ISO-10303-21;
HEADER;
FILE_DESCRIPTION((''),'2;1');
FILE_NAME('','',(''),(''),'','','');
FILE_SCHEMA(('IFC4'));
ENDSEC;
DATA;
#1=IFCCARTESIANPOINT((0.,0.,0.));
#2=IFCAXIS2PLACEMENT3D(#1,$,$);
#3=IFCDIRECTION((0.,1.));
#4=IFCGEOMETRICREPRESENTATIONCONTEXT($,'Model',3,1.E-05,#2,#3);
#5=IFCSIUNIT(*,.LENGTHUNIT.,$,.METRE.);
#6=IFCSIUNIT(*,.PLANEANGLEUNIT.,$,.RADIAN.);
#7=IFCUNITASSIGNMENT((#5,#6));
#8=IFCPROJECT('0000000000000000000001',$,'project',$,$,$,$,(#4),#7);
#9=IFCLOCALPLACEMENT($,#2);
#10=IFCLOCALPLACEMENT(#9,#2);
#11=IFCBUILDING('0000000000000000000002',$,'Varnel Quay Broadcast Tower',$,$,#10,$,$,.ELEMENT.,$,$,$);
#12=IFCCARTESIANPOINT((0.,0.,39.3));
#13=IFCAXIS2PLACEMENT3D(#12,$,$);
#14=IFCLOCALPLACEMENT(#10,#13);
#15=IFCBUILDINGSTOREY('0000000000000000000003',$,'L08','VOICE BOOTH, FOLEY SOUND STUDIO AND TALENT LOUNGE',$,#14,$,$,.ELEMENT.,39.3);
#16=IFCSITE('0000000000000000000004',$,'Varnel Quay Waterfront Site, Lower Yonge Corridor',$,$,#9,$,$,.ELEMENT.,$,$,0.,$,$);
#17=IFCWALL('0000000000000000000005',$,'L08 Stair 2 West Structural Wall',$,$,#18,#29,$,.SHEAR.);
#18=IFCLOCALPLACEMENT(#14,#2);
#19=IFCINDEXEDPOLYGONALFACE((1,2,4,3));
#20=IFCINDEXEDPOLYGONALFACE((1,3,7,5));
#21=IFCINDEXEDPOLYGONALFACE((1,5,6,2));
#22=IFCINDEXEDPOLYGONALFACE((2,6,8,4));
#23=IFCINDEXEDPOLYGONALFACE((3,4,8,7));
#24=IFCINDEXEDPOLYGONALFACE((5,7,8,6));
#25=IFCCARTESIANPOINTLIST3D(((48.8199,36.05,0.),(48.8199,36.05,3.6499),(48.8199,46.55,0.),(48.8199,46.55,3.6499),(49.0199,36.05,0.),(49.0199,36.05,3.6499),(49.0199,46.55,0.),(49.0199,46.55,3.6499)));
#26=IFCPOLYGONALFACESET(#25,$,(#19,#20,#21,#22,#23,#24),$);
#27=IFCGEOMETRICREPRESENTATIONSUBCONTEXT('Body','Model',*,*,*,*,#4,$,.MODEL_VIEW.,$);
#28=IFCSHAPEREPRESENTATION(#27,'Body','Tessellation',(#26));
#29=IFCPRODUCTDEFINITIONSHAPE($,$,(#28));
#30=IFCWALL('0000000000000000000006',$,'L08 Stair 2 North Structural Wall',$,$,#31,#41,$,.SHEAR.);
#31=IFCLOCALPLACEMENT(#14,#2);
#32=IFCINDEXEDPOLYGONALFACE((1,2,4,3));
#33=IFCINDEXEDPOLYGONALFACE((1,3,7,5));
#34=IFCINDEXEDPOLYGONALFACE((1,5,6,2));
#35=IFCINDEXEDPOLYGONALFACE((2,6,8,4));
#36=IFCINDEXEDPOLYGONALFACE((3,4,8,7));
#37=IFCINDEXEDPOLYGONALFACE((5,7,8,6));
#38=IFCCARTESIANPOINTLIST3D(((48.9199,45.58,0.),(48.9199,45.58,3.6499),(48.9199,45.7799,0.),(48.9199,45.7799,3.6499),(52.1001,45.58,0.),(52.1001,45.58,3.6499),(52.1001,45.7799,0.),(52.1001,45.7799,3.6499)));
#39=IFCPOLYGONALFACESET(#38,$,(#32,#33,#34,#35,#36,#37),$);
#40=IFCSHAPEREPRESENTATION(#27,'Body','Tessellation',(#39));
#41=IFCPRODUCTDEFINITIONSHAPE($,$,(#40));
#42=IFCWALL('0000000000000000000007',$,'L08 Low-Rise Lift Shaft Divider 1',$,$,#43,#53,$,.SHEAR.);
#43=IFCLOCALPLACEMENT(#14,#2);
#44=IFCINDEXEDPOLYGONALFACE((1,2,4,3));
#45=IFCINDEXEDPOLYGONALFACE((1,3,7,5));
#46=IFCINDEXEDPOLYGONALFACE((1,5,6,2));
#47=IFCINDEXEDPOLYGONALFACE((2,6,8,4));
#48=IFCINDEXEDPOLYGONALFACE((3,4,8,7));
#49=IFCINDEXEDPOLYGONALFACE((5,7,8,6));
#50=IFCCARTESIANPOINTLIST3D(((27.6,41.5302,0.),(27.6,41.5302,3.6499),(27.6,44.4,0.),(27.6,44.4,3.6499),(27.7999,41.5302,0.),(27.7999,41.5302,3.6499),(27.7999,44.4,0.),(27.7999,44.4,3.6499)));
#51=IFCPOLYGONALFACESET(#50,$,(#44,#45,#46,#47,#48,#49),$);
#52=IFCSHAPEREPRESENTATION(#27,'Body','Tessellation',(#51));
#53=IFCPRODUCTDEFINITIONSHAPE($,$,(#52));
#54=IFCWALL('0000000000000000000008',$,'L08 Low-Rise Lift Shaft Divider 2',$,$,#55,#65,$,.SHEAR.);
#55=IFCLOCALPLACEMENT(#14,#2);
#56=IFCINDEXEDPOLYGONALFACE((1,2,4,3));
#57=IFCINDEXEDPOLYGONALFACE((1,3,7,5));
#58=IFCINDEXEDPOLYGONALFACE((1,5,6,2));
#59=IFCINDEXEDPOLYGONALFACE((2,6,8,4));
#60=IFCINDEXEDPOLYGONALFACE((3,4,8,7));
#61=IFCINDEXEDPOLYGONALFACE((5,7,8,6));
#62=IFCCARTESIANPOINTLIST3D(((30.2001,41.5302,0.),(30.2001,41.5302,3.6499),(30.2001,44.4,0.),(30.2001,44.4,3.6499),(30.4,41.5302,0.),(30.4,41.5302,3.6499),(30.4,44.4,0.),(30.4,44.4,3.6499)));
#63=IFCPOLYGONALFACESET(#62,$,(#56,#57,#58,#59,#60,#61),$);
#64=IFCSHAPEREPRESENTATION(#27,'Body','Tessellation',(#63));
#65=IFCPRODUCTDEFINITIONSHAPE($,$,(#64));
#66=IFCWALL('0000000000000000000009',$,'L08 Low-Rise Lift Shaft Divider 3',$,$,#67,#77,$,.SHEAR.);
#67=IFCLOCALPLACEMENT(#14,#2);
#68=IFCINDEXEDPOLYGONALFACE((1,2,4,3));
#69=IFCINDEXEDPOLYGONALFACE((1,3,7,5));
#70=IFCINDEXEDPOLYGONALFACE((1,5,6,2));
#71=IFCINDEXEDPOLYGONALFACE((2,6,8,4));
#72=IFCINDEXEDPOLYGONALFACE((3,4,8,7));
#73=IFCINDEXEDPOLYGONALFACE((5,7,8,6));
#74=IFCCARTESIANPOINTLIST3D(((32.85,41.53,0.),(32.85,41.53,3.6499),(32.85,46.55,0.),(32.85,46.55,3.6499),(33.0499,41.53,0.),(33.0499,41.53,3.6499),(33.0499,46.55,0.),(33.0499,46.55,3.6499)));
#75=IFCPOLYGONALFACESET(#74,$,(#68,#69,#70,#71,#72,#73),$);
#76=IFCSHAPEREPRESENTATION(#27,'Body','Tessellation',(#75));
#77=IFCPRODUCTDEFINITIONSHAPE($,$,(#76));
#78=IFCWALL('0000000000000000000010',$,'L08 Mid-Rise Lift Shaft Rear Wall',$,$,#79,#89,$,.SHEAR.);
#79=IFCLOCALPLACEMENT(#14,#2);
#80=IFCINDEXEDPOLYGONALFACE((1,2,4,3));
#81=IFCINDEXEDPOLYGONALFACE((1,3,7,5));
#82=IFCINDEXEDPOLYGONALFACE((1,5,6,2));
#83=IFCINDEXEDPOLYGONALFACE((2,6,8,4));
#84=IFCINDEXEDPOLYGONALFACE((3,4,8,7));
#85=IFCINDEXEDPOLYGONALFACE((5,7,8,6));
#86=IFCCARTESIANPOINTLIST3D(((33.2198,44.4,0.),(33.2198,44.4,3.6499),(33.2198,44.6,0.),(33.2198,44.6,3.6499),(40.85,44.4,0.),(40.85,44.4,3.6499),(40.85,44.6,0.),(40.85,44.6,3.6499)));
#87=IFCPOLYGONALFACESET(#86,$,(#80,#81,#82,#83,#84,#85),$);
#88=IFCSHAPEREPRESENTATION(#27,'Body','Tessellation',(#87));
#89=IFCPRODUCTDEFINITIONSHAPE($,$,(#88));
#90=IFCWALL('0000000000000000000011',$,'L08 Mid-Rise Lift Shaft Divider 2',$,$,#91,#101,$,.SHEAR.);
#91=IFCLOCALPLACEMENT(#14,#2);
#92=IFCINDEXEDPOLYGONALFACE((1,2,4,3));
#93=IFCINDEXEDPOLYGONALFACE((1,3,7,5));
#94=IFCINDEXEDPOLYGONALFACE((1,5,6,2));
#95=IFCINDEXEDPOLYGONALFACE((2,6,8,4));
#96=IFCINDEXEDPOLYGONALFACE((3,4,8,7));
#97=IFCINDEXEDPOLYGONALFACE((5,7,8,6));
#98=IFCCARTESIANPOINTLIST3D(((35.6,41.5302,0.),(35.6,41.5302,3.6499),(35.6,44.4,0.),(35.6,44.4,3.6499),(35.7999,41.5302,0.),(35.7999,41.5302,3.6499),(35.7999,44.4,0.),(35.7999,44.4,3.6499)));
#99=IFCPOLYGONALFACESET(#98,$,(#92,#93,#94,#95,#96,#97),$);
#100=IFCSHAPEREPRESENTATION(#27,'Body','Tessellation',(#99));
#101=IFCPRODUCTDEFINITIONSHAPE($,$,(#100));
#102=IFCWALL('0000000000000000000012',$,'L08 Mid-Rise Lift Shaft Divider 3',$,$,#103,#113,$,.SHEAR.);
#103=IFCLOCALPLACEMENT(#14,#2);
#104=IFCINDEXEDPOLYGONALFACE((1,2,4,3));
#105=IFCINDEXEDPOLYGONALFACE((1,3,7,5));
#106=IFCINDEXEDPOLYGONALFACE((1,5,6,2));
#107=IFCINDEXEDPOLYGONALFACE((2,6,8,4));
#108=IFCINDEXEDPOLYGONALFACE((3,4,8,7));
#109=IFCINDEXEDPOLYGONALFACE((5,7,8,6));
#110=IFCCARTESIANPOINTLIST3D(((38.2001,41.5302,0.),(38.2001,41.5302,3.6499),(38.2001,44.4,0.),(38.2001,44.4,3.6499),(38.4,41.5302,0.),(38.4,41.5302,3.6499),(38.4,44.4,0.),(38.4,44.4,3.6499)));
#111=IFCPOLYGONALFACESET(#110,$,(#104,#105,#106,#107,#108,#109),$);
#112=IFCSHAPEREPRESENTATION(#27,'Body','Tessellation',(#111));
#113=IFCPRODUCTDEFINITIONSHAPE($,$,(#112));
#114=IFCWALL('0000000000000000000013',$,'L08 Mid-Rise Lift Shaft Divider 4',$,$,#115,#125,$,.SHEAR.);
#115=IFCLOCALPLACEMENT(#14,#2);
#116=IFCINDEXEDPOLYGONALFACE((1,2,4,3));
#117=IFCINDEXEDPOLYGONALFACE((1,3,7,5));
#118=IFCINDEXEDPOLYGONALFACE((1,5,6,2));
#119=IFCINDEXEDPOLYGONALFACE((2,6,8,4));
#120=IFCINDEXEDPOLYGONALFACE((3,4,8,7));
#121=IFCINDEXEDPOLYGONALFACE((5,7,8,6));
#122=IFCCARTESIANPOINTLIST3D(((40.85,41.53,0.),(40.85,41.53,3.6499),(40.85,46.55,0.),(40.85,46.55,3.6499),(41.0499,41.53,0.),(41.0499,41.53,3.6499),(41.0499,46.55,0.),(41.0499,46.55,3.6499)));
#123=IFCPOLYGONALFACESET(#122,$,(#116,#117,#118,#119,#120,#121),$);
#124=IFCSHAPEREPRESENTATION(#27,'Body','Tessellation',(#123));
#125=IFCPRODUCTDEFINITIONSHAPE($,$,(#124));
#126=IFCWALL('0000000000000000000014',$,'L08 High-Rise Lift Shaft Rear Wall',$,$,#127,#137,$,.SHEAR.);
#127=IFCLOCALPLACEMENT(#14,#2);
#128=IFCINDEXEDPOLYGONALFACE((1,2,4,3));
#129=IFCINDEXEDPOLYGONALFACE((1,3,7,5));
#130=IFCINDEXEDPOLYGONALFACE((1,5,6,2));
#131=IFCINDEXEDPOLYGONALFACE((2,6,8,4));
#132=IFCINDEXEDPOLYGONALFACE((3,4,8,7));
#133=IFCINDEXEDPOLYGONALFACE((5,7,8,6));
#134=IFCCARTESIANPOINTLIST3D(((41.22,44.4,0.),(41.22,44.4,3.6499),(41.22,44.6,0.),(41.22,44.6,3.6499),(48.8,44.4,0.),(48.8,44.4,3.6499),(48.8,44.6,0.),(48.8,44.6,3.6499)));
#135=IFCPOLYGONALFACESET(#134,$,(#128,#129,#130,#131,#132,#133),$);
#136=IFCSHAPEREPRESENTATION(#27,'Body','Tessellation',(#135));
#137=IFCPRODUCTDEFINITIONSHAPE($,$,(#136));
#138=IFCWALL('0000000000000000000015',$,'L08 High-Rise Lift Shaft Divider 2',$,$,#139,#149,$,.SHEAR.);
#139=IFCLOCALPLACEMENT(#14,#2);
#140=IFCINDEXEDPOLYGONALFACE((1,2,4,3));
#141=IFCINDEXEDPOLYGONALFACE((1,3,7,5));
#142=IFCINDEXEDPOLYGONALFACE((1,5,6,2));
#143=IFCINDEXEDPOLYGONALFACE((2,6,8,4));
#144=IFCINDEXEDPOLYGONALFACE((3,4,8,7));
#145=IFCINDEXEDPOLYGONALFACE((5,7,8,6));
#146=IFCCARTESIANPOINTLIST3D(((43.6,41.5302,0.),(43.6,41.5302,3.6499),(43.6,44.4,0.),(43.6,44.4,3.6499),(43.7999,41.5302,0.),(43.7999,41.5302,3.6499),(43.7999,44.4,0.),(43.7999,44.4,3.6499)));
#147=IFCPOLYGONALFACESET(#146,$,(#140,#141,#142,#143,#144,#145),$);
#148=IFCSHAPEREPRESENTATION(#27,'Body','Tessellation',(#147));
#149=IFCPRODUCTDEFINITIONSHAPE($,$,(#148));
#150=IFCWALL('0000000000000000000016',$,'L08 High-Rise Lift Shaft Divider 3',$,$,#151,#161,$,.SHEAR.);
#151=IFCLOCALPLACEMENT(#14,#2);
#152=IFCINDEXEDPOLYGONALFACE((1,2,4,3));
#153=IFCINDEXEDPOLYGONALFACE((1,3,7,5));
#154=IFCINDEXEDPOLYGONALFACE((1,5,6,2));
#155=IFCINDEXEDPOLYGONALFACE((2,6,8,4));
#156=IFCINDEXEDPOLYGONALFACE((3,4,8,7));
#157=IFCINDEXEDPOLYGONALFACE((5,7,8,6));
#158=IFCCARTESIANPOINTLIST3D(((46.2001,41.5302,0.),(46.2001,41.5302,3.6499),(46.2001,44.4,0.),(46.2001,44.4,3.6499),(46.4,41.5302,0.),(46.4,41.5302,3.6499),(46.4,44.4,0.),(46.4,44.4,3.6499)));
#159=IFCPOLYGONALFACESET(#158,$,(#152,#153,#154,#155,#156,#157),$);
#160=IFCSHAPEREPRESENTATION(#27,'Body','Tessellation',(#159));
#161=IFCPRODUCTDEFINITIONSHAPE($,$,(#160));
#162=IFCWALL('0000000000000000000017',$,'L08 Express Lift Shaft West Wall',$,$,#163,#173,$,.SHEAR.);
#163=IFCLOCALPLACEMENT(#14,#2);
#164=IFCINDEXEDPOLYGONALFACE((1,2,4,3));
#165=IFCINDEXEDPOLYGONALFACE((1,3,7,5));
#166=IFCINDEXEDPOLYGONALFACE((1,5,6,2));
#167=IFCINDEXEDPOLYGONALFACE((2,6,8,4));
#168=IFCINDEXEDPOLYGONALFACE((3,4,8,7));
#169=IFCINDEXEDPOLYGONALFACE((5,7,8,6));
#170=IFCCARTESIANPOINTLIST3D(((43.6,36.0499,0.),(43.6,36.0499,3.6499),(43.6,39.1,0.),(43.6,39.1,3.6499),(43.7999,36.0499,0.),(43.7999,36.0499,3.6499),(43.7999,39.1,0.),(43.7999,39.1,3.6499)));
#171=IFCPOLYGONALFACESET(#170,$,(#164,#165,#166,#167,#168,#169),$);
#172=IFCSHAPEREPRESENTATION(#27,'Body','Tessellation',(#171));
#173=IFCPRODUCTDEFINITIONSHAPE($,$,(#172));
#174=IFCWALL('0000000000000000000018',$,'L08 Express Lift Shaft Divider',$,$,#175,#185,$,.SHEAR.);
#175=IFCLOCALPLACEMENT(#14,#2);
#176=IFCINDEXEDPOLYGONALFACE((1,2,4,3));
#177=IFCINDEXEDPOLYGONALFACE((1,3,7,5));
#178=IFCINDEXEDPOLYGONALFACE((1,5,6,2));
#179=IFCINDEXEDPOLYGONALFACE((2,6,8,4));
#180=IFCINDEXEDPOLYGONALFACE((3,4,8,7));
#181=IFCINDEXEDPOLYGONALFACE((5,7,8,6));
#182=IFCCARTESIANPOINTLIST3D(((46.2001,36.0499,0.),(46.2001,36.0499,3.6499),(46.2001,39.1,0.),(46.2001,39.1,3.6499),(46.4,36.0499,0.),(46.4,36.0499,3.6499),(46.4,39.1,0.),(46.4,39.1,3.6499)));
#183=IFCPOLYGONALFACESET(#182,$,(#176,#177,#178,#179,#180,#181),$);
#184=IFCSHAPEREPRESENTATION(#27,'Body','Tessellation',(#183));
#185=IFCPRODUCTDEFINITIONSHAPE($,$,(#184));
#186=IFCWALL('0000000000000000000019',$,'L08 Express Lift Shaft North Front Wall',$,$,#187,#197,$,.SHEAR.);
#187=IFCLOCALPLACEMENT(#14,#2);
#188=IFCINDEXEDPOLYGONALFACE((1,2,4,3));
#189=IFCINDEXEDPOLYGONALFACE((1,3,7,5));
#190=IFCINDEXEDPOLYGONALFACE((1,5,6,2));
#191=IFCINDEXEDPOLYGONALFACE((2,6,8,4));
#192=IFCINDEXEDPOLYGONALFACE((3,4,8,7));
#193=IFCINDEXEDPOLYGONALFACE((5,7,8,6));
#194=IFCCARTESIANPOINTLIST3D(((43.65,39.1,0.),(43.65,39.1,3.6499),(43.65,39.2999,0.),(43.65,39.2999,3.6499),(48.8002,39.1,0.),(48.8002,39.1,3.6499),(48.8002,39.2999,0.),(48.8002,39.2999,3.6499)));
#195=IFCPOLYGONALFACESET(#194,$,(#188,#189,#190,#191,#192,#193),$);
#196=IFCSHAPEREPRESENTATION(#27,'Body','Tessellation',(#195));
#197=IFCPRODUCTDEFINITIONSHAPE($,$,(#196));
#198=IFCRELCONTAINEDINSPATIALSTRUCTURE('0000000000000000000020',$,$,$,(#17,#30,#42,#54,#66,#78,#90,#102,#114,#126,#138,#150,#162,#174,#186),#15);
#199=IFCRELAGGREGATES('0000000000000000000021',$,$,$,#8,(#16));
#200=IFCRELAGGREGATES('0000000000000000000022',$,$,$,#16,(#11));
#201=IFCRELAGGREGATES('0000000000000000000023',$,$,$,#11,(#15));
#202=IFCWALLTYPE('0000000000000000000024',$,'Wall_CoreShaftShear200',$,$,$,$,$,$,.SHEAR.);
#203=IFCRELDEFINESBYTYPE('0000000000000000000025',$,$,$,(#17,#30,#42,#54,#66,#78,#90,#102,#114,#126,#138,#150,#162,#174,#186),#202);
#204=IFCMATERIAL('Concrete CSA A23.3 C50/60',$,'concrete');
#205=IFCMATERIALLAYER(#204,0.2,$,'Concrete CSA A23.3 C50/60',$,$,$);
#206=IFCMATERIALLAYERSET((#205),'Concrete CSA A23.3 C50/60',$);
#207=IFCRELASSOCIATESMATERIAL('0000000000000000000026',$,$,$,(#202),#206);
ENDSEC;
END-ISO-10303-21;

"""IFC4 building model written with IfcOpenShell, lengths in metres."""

from ifc_helpers import new_model, si_unit, direction, frame, frame_2d, origin, place, context, subcontext, project, spatial, rectangle, extrude, material, layer, layer_set, type_object, element, save


model = new_model("IFC4")

# Units and contexts
model_context = context("Model", 3, precision=1e-05, world=origin(), true_north=direction((0.0, 1.0)))
body_context = subcontext(model_context, "Body", "Model", "MODEL_VIEW")
ifc_project = project(units=[si_unit("LENGTHUNIT", "METRE"), si_unit("PLANEANGLEUNIT", "RADIAN")], contexts=[model_context])

# Site, building, storey
site_placement = place(None, origin())
site = spatial("IfcSite", under=ifc_project, at=site_placement, Name="Varnel Quay Waterfront Site, Lower Yonge Corridor", CompositionType="ELEMENT", RefElevation=0.0)
building_placement = place(site_placement, origin())
building = spatial("IfcBuilding", under=site, at=building_placement, Name="Varnel Quay Broadcast Tower", CompositionType="ELEMENT")
storey_placement = place(building_placement, frame((0.0, 0.0, 39.3)))
storey = spatial("IfcBuildingStorey", under=building, at=storey_placement, Name="L08", Description="VOICE BOOTH, FOLEY SOUND STUDIO AND TALENT LOUNGE", CompositionType="ELEMENT", Elevation=39.3)

# Walls
ifc_material_1 = material(Name="Concrete CSA A23.3 C50/60", Category="concrete")
ifc_layer_1 = layer(ifc_material_1, 0.2, Name="Concrete CSA A23.3 C50/60")
ifc_layer_set_1 = layer_set([ifc_layer_1], Name="Concrete CSA A23.3 C50/60")
wall_type_1 = type_object("IfcWallType", Name="Wall_CoreShaftShear200", PredefinedType="SHEAR", material=ifc_layer_set_1)
wall_1_placement = place(storey_placement, frame((48.9199, 36.05, 0.0), z_axis=(0.0, 0.0, 1.0), x_axis=(0.0, 1.0, 0.0)))
element("IfcWall", 1, at=wall_1_placement, inside=storey, type_object=wall_type_1, Name="L08 Stair 2 West Structural Wall", PredefinedType="SHEAR", context=body_context, shape_type="SweptSolid", body=[
    extrude(rectangle(XDim=10.5, YDim=0.2, at=frame_2d((5.25, 0.0))), origin(), (0.0, 0.0, 1.0), 3.6499),
])
wall_2_placement = place(storey_placement, frame((48.9199, 45.6799, 0.0), z_axis=(0.0, 0.0, 1.0), x_axis=(1.0, 0.0, 0.0)))
element("IfcWall", 2, at=wall_2_placement, inside=storey, type_object=wall_type_1, Name="L08 Stair 2 North Structural Wall", PredefinedType="SHEAR", context=body_context, shape_type="SweptSolid", body=[
    extrude(rectangle(XDim=3.1802, YDim=0.2, at=frame_2d((1.5901, 0.0))), origin(), (0.0, 0.0, 1.0), 3.6499),
])
for number, where, z_axis, x_axis, name in (
    (3, (27.7, 41.53, 0.0), (0.0, 0.0, 1.0), (0.0, 1.0, 0.0), "L08 Low-Rise Lift Shaft Divider 1"),
    (4, (30.3, 41.53, 0.0), (0.0, 0.0, 1.0), (0.0, 1.0, 0.0), "L08 Low-Rise Lift Shaft Divider 2"),
):
    element("IfcWall", number, at=place(storey_placement, frame(where, z_axis=z_axis, x_axis=x_axis)), inside=storey, type_object=wall_type_1, Name=name, PredefinedType="SHEAR", context=body_context, shape_type="SweptSolid", body=[
        extrude(rectangle(XDim=2.8699, YDim=0.2, at=frame_2d((1.4351, 0.0))), origin(), (0.0, 0.0, 1.0), 3.6499),
    ])
wall_3_placement = place(storey_placement, frame((32.95, 41.53, 0.0), z_axis=(0.0, 0.0, 1.0), x_axis=(0.0, 1.0, 0.0)))
element("IfcWall", 5, at=wall_3_placement, inside=storey, type_object=wall_type_1, Name="L08 Low-Rise Lift Shaft Divider 3", PredefinedType="SHEAR", context=body_context, shape_type="SweptSolid", body=[
    extrude(rectangle(XDim=5.02, YDim=0.2, at=frame_2d((2.51, 0.0))), origin(), (0.0, 0.0, 1.0), 3.6499),
])
wall_4_placement = place(storey_placement, frame((33.22, 44.5, 0.0), z_axis=(0.0, 0.0, 1.0), x_axis=(1.0, 0.0, 0.0)))
element("IfcWall", 6, at=wall_4_placement, inside=storey, type_object=wall_type_1, Name="L08 Mid-Rise Lift Shaft Rear Wall", PredefinedType="SHEAR", context=body_context, shape_type="SweptSolid", body=[
    extrude(rectangle(XDim=7.6301, YDim=0.2, at=frame_2d((3.8149, 0.0))), origin(), (0.0, 0.0, 1.0), 3.6499),
])
for number, where, z_axis, x_axis, name in (
    (7, (35.7, 41.53, 0.0), (0.0, 0.0, 1.0), (0.0, 1.0, 0.0), "L08 Mid-Rise Lift Shaft Divider 2"),
    (8, (38.3, 41.53, 0.0), (0.0, 0.0, 1.0), (0.0, 1.0, 0.0), "L08 Mid-Rise Lift Shaft Divider 3"),
):
    element("IfcWall", number, at=place(storey_placement, frame(where, z_axis=z_axis, x_axis=x_axis)), inside=storey, type_object=wall_type_1, Name=name, PredefinedType="SHEAR", context=body_context, shape_type="SweptSolid", body=[
        extrude(rectangle(XDim=2.8699, YDim=0.2, at=frame_2d((1.4351, 0.0))), origin(), (0.0, 0.0, 1.0), 3.6499),
    ])
wall_5_placement = place(storey_placement, frame((40.95, 41.53, 0.0), z_axis=(0.0, 0.0, 1.0), x_axis=(0.0, 1.0, 0.0)))
element("IfcWall", 9, at=wall_5_placement, inside=storey, type_object=wall_type_1, Name="L08 Mid-Rise Lift Shaft Divider 4", PredefinedType="SHEAR", context=body_context, shape_type="SweptSolid", body=[
    extrude(rectangle(XDim=5.02, YDim=0.2, at=frame_2d((2.51, 0.0))), origin(), (0.0, 0.0, 1.0), 3.6499),
])
wall_6_placement = place(storey_placement, frame((41.22, 44.5, 0.0), z_axis=(0.0, 0.0, 1.0), x_axis=(1.0, 0.0, 0.0)))
element("IfcWall", 10, at=wall_6_placement, inside=storey, type_object=wall_type_1, Name="L08 High-Rise Lift Shaft Rear Wall", PredefinedType="SHEAR", context=body_context, shape_type="SweptSolid", body=[
    extrude(rectangle(XDim=7.5801, YDim=0.2, at=frame_2d((3.79, 0.0))), origin(), (0.0, 0.0, 1.0), 3.6499),
])
for number, where, z_axis, x_axis, name in (
    (11, (43.7, 41.53, 0.0), (0.0, 0.0, 1.0), (0.0, 1.0, 0.0), "L08 High-Rise Lift Shaft Divider 2"),
    (12, (46.3, 41.53, 0.0), (0.0, 0.0, 1.0), (0.0, 1.0, 0.0), "L08 High-Rise Lift Shaft Divider 3"),
):
    element("IfcWall", number, at=place(storey_placement, frame(where, z_axis=z_axis, x_axis=x_axis)), inside=storey, type_object=wall_type_1, Name=name, PredefinedType="SHEAR", context=body_context, shape_type="SweptSolid", body=[
        extrude(rectangle(XDim=2.8699, YDim=0.2, at=frame_2d((1.4351, 0.0))), origin(), (0.0, 0.0, 1.0), 3.6499),
    ])
for number, where, z_axis, x_axis, name in (
    (13, (43.7, 36.05, 0.0), (0.0, 0.0, 1.0), (0.0, 1.0, 0.0), "L08 Express Lift Shaft West Wall"),
    (14, (46.3, 36.05, 0.0), (0.0, 0.0, 1.0), (0.0, 1.0, 0.0), "L08 Express Lift Shaft Divider"),
):
    element("IfcWall", number, at=place(storey_placement, frame(where, z_axis=z_axis, x_axis=x_axis)), inside=storey, type_object=wall_type_1, Name=name, PredefinedType="SHEAR", context=body_context, shape_type="SweptSolid", body=[
        extrude(rectangle(XDim=3.05, YDim=0.2, at=frame_2d((1.5249, 0.0))), origin(), (0.0, 0.0, 1.0), 3.6499),
    ])
wall_7_placement = place(storey_placement, frame((43.6499, 39.2, 0.0), z_axis=(0.0, 0.0, 1.0), x_axis=(1.0, 0.0, 0.0)))
element("IfcWall", 15, at=wall_7_placement, inside=storey, type_object=wall_type_1, Name="L08 Express Lift Shaft North Front Wall", PredefinedType="SHEAR", context=body_context, shape_type="SweptSolid", body=[
    extrude(rectangle(XDim=5.1501, YDim=0.2, at=frame_2d((2.5752, 0.0))), origin(), (0.0, 0.0, 1.0), 3.6499),
])

save(model, "model.ifc")
